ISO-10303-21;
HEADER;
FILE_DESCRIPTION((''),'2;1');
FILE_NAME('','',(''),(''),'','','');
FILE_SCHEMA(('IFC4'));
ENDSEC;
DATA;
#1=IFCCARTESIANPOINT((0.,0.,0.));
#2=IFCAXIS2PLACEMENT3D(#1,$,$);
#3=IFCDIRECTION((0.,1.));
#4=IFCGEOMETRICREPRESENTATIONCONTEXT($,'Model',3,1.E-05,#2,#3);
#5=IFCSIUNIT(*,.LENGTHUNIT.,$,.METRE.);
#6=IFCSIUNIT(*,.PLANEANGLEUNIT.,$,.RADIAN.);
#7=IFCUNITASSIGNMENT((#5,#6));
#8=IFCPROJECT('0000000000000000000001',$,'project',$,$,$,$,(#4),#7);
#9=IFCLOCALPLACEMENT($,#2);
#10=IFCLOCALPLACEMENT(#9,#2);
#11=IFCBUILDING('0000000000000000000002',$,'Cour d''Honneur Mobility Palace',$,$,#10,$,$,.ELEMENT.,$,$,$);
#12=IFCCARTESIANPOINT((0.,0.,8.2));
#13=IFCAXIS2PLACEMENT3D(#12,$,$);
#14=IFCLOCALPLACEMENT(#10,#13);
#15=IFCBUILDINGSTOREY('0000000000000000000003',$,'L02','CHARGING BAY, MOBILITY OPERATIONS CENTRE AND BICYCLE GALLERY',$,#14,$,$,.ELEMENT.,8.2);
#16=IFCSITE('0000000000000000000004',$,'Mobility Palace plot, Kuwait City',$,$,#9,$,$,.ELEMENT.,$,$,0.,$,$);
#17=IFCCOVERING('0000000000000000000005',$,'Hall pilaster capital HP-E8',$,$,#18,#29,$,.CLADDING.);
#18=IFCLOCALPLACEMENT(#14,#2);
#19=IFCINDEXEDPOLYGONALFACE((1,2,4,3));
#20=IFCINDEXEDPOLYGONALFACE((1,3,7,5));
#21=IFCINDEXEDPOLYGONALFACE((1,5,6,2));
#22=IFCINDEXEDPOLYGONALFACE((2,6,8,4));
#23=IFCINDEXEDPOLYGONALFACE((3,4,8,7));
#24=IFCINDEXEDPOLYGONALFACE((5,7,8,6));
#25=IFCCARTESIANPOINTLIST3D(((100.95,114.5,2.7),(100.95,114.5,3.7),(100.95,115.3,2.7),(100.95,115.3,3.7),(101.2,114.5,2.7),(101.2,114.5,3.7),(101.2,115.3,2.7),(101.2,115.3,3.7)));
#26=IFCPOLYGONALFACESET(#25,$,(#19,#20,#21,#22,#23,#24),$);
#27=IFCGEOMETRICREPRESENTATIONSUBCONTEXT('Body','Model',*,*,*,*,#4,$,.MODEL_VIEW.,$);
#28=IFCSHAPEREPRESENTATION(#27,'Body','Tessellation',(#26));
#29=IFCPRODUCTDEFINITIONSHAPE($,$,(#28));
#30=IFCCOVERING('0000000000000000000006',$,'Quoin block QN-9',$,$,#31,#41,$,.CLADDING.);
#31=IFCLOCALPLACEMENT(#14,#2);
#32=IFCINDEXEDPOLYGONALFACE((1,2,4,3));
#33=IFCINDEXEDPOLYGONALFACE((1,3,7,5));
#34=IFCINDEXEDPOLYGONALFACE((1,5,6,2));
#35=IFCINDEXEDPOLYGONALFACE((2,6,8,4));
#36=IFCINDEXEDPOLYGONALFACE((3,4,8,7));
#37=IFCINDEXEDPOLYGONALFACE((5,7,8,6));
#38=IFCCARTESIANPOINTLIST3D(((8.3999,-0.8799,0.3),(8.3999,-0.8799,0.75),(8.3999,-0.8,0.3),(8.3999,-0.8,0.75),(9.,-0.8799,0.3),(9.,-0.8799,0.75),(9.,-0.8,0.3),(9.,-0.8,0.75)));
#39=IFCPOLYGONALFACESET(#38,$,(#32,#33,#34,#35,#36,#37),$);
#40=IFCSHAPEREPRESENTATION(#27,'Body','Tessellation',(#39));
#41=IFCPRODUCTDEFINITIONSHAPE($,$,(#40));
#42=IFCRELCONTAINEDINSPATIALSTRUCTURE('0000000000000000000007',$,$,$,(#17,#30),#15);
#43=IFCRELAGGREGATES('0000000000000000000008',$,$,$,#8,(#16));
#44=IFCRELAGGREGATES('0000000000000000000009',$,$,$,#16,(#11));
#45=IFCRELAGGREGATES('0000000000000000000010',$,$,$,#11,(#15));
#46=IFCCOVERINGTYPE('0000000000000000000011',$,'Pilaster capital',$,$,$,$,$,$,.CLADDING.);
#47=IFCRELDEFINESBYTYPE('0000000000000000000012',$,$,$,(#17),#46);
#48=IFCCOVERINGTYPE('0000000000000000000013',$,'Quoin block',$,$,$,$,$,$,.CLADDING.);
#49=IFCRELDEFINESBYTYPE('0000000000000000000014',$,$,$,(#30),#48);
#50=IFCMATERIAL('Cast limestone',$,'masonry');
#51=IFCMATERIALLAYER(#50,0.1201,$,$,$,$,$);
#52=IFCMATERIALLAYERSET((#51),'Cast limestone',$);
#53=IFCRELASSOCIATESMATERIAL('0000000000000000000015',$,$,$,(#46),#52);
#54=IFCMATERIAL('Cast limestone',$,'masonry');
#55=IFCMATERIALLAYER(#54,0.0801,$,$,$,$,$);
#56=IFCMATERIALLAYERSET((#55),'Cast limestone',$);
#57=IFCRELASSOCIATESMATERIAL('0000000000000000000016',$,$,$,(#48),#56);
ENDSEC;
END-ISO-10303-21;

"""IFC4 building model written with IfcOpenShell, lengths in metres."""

from ifc_helpers import new_model, si_unit, direction, frame, origin, place, context, subcontext, project, spatial, polyline, outline, extrude, material, layer, layer_set, type_object, element, save


model = new_model("IFC4")

# Units and contexts
model_context = context("Model", 3, precision=1e-05, world=origin(), true_north=direction((0.0, 1.0)))
body_context = subcontext(model_context, "Body", "Model", "MODEL_VIEW")
ifc_project = project(units=[si_unit("LENGTHUNIT", "METRE"), si_unit("PLANEANGLEUNIT", "RADIAN")], contexts=[model_context])

# Site, building, storey
site_placement = place(None, origin())
site = spatial("IfcSite", under=ifc_project, at=site_placement, Name="Mobility Palace plot, Kuwait City", CompositionType="ELEMENT", RefElevation=0.0)
building_placement = place(site_placement, origin())
building = spatial("IfcBuilding", under=site, at=building_placement, Name="Cour d'Honneur Mobility Palace", CompositionType="ELEMENT")
storey_placement = place(building_placement, frame((0.0, 0.0, 8.2)))
storey = spatial("IfcBuildingStorey", under=building, at=storey_placement, Name="L02", Description="CHARGING BAY, MOBILITY OPERATIONS CENTRE AND BICYCLE GALLERY", CompositionType="ELEMENT", Elevation=8.2)

# Coverings
ifc_material_1 = material(Name="Cast limestone", Category="masonry")
ifc_layer_1 = layer(ifc_material_1, 0.1201)
ifc_layer_set_1 = layer_set([ifc_layer_1], Name="Cast limestone")
covering_type_1 = type_object("IfcCoveringType", Name="Pilaster capital", PredefinedType="CLADDING", material=ifc_layer_set_1)
covering_1_placement = place(storey_placement, frame((0.0, 0.0, 2.7)))
element("IfcCovering", 1, at=covering_1_placement, inside=storey, type_object=covering_type_1, Name="Hall pilaster capital HP-E8", PredefinedType="CLADDING", context=body_context, shape_type="SweptSolid", body=[
    extrude(outline(polyline([(100.95, 114.5), (101.2, 114.5), (101.2, 115.3), (100.95, 115.3), (100.95, 114.5)])), origin(), (0.0, 0.0, 1.0), 1.0),
])
ifc_material_2 = material(Name="Cast limestone", Category="masonry")
ifc_layer_2 = layer(ifc_material_2, 0.0801)
ifc_layer_set_2 = layer_set([ifc_layer_2], Name="Cast limestone")
covering_type_2 = type_object("IfcCoveringType", Name="Quoin block", PredefinedType="CLADDING", material=ifc_layer_set_2)
covering_2_placement = place(storey_placement, frame((0.0, 0.0, 0.3)))
element("IfcCovering", 2, at=covering_2_placement, inside=storey, type_object=covering_type_2, Name="Quoin block QN-9", PredefinedType="CLADDING", context=body_context, shape_type="SweptSolid", body=[
    extrude(outline(polyline([(8.3999, -0.8), (9.0, -0.8), (9.0, -0.8799), (8.3999, -0.8799), (8.3999, -0.8)])), origin(), (0.0, 0.0, 1.0), 0.45),
])

save(model, "model.ifc")
